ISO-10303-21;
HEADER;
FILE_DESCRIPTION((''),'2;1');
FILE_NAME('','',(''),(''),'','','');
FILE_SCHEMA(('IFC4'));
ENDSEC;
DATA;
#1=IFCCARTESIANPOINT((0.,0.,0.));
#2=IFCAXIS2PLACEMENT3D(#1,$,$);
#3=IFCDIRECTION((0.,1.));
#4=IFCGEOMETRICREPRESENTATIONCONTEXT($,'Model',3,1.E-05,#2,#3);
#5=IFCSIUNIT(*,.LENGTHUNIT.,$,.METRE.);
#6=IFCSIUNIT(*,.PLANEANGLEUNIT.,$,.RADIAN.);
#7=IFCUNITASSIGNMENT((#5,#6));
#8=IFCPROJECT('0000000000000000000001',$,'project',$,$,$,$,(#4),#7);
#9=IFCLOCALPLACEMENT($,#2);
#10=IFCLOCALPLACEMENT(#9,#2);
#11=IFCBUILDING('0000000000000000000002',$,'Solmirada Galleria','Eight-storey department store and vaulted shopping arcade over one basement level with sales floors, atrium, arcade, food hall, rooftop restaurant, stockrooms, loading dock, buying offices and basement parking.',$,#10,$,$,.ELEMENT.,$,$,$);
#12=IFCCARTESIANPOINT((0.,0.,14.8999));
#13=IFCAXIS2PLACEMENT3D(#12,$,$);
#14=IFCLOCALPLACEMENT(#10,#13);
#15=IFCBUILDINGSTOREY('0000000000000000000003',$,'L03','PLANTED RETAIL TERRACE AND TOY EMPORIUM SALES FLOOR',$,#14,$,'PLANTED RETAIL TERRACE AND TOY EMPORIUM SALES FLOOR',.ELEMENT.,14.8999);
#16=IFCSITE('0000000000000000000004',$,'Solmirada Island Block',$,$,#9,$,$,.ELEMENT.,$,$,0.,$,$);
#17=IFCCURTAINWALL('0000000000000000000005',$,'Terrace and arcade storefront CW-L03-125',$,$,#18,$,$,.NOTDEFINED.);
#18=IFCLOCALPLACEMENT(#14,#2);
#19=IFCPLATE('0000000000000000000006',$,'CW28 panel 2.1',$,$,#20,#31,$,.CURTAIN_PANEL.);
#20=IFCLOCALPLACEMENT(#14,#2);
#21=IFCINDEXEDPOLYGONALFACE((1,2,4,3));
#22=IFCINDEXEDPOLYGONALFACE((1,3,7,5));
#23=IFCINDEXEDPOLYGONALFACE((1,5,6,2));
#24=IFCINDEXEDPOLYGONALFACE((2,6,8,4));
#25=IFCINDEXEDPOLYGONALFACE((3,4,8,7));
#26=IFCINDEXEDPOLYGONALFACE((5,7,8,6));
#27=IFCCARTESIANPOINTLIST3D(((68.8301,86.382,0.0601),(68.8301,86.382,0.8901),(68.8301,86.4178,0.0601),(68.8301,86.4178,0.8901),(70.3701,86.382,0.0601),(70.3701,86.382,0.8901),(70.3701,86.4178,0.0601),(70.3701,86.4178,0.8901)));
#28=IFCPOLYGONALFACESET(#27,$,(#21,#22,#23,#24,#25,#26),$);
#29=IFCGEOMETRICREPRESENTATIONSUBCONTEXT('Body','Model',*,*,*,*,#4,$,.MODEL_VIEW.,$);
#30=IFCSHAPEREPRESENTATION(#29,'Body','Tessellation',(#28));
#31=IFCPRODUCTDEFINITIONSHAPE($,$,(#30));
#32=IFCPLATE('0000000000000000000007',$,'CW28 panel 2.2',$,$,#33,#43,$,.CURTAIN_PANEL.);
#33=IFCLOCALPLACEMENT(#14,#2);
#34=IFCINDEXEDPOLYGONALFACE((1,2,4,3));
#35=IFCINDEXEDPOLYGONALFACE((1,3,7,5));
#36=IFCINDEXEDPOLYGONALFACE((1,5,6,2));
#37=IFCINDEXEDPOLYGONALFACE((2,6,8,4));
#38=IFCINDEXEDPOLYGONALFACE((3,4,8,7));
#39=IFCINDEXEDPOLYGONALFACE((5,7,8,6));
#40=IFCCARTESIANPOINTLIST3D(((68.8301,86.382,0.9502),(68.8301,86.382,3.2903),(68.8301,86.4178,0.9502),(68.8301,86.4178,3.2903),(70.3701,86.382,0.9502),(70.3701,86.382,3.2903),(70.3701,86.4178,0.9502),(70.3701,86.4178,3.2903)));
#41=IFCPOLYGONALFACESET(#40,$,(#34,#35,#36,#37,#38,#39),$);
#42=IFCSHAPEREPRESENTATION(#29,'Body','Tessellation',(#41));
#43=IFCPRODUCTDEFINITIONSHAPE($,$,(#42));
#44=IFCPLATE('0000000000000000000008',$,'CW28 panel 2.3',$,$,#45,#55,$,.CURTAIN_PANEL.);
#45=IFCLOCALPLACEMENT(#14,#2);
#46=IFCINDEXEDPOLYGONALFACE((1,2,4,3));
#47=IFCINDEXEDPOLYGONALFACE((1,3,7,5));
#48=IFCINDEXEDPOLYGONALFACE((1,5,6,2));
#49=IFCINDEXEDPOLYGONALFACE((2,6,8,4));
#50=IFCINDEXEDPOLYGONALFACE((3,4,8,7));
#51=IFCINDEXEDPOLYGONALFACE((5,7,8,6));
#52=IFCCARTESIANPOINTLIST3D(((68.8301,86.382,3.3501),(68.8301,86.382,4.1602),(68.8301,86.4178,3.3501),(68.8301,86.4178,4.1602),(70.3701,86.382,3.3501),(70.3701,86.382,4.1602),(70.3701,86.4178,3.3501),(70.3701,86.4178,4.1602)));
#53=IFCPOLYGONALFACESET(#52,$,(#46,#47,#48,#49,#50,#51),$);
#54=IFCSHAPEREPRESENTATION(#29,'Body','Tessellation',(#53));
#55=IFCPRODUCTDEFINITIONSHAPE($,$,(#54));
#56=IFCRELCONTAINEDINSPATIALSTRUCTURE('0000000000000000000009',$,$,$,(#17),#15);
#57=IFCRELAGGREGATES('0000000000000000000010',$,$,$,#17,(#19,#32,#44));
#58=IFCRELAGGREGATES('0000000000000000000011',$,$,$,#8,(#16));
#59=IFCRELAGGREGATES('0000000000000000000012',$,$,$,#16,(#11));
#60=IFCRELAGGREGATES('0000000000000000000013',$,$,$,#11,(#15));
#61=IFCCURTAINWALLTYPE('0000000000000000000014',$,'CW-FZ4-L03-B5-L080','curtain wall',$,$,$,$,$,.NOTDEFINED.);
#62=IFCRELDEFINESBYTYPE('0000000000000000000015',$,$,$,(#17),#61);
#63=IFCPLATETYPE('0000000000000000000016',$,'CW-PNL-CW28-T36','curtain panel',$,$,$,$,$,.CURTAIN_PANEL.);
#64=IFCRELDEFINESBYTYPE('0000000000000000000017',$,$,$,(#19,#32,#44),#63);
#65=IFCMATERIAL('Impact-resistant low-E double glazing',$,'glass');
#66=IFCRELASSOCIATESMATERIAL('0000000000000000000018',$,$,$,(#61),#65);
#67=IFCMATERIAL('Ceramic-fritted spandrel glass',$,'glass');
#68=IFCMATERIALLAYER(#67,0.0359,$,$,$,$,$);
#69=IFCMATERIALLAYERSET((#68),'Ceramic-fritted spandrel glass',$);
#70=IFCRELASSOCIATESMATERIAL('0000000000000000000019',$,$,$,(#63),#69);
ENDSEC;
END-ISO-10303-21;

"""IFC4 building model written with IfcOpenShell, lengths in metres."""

from ifc_helpers import new_model, si_unit, direction, frame, origin, origin_2d, place, context, subcontext, project, spatial, rectangle, extrude, material, layer, layer_set, type_object, element, aggregate, save


model = new_model("IFC4")

# Units and contexts
model_context = context("Model", 3, precision=1e-05, world=origin(), true_north=direction((0.0, 1.0)))
body_context = subcontext(model_context, "Body", "Model", "MODEL_VIEW")
ifc_project = project(units=[si_unit("LENGTHUNIT", "METRE"), si_unit("PLANEANGLEUNIT", "RADIAN")], contexts=[model_context])

# Site, building, storey
site_placement = place(None, origin())
site = spatial("IfcSite", under=ifc_project, at=site_placement, Name="Solmirada Island Block", CompositionType="ELEMENT", RefElevation=0.0)
building_placement = place(site_placement, origin())
building = spatial("IfcBuilding", under=site, at=building_placement, Name="Solmirada Galleria", Description="Eight-storey department store and vaulted shopping arcade over one basement level with sales floors, atrium, arcade, food hall, rooftop restaurant, stockrooms, loading dock, buying offices and basement parking.", CompositionType="ELEMENT")
storey_placement = place(building_placement, frame((0.0, 0.0, 14.8999)))
storey = spatial("IfcBuildingStorey", under=building, at=storey_placement, Name="L03", Description="PLANTED RETAIL TERRACE AND TOY EMPORIUM SALES FLOOR", LongName="PLANTED RETAIL TERRACE AND TOY EMPORIUM SALES FLOOR", CompositionType="ELEMENT", Elevation=14.8999)

# Curtain wall
ifc_material_1 = material(Name="Impact-resistant low-E double glazing", Category="glass")
curtain_wall_type = type_object("IfcCurtainWallType", Name="CW-FZ4-L03-B5-L080", Description="curtain wall", PredefinedType="NOTDEFINED", material=ifc_material_1)
curtain_wall_1_placement = place(storey_placement, origin())
curtain_wall_1 = element("IfcCurtainWall", 1, at=curtain_wall_1_placement, inside=storey, type_object=curtain_wall_type, Name="Terrace and arcade storefront CW-L03-125", PredefinedType="NOTDEFINED")

# Plates
ifc_material_2 = material(Name="Ceramic-fritted spandrel glass", Category="glass")
ifc_layer = layer(ifc_material_2, 0.0359)
ifc_layer_set = layer_set([ifc_layer], Name="Ceramic-fritted spandrel glass")
plate_type = type_object("IfcPlateType", Name="CW-PNL-CW28-T36", Description="curtain panel", PredefinedType="CURTAIN_PANEL", material=ifc_layer_set)
plate_1_placement = place(storey_placement, frame((69.6001, 86.3999, 0.0601), z_axis=(0.0, 0.0, 1.0), x_axis=(-1.0, 0.0, 0.0)))
plate_1 = element("IfcPlate", 2, at=plate_1_placement, type_object=plate_type, Name="CW28 panel 2.1", PredefinedType="CURTAIN_PANEL", context=body_context, shape_type="SweptSolid", body=[
    extrude(rectangle(XDim=1.54, YDim=0.0359, at=origin_2d()), origin(), (0.0, 0.0, 1.0), 0.8301),
])
plate_2_placement = place(storey_placement, frame((69.6001, 86.3999, 0.9502), z_axis=(0.0, 0.0, 1.0), x_axis=(-1.0, 0.0, 0.0)))
plate_2 = element("IfcPlate", 3, at=plate_2_placement, type_object=plate_type, Name="CW28 panel 2.2", PredefinedType="CURTAIN_PANEL", context=body_context, shape_type="SweptSolid", body=[
    extrude(rectangle(XDim=1.54, YDim=0.0359, at=origin_2d()), origin(), (0.0, 0.0, 1.0), 2.3401),
])
plate_3_placement = place(storey_placement, frame((69.6001, 86.3999, 3.3501), z_axis=(0.0, 0.0, 1.0), x_axis=(-1.0, 0.0, 0.0)))
plate_3 = element("IfcPlate", 4, at=plate_3_placement, type_object=plate_type, Name="CW28 panel 2.3", PredefinedType="CURTAIN_PANEL", context=body_context, shape_type="SweptSolid", body=[
    extrude(rectangle(XDim=1.54, YDim=0.0359, at=origin_2d()), origin(), (0.0, 0.0, 1.0), 0.8101),
])
aggregate(curtain_wall_1, [plate_1, plate_2, plate_3])

save(model, "model.ifc")
